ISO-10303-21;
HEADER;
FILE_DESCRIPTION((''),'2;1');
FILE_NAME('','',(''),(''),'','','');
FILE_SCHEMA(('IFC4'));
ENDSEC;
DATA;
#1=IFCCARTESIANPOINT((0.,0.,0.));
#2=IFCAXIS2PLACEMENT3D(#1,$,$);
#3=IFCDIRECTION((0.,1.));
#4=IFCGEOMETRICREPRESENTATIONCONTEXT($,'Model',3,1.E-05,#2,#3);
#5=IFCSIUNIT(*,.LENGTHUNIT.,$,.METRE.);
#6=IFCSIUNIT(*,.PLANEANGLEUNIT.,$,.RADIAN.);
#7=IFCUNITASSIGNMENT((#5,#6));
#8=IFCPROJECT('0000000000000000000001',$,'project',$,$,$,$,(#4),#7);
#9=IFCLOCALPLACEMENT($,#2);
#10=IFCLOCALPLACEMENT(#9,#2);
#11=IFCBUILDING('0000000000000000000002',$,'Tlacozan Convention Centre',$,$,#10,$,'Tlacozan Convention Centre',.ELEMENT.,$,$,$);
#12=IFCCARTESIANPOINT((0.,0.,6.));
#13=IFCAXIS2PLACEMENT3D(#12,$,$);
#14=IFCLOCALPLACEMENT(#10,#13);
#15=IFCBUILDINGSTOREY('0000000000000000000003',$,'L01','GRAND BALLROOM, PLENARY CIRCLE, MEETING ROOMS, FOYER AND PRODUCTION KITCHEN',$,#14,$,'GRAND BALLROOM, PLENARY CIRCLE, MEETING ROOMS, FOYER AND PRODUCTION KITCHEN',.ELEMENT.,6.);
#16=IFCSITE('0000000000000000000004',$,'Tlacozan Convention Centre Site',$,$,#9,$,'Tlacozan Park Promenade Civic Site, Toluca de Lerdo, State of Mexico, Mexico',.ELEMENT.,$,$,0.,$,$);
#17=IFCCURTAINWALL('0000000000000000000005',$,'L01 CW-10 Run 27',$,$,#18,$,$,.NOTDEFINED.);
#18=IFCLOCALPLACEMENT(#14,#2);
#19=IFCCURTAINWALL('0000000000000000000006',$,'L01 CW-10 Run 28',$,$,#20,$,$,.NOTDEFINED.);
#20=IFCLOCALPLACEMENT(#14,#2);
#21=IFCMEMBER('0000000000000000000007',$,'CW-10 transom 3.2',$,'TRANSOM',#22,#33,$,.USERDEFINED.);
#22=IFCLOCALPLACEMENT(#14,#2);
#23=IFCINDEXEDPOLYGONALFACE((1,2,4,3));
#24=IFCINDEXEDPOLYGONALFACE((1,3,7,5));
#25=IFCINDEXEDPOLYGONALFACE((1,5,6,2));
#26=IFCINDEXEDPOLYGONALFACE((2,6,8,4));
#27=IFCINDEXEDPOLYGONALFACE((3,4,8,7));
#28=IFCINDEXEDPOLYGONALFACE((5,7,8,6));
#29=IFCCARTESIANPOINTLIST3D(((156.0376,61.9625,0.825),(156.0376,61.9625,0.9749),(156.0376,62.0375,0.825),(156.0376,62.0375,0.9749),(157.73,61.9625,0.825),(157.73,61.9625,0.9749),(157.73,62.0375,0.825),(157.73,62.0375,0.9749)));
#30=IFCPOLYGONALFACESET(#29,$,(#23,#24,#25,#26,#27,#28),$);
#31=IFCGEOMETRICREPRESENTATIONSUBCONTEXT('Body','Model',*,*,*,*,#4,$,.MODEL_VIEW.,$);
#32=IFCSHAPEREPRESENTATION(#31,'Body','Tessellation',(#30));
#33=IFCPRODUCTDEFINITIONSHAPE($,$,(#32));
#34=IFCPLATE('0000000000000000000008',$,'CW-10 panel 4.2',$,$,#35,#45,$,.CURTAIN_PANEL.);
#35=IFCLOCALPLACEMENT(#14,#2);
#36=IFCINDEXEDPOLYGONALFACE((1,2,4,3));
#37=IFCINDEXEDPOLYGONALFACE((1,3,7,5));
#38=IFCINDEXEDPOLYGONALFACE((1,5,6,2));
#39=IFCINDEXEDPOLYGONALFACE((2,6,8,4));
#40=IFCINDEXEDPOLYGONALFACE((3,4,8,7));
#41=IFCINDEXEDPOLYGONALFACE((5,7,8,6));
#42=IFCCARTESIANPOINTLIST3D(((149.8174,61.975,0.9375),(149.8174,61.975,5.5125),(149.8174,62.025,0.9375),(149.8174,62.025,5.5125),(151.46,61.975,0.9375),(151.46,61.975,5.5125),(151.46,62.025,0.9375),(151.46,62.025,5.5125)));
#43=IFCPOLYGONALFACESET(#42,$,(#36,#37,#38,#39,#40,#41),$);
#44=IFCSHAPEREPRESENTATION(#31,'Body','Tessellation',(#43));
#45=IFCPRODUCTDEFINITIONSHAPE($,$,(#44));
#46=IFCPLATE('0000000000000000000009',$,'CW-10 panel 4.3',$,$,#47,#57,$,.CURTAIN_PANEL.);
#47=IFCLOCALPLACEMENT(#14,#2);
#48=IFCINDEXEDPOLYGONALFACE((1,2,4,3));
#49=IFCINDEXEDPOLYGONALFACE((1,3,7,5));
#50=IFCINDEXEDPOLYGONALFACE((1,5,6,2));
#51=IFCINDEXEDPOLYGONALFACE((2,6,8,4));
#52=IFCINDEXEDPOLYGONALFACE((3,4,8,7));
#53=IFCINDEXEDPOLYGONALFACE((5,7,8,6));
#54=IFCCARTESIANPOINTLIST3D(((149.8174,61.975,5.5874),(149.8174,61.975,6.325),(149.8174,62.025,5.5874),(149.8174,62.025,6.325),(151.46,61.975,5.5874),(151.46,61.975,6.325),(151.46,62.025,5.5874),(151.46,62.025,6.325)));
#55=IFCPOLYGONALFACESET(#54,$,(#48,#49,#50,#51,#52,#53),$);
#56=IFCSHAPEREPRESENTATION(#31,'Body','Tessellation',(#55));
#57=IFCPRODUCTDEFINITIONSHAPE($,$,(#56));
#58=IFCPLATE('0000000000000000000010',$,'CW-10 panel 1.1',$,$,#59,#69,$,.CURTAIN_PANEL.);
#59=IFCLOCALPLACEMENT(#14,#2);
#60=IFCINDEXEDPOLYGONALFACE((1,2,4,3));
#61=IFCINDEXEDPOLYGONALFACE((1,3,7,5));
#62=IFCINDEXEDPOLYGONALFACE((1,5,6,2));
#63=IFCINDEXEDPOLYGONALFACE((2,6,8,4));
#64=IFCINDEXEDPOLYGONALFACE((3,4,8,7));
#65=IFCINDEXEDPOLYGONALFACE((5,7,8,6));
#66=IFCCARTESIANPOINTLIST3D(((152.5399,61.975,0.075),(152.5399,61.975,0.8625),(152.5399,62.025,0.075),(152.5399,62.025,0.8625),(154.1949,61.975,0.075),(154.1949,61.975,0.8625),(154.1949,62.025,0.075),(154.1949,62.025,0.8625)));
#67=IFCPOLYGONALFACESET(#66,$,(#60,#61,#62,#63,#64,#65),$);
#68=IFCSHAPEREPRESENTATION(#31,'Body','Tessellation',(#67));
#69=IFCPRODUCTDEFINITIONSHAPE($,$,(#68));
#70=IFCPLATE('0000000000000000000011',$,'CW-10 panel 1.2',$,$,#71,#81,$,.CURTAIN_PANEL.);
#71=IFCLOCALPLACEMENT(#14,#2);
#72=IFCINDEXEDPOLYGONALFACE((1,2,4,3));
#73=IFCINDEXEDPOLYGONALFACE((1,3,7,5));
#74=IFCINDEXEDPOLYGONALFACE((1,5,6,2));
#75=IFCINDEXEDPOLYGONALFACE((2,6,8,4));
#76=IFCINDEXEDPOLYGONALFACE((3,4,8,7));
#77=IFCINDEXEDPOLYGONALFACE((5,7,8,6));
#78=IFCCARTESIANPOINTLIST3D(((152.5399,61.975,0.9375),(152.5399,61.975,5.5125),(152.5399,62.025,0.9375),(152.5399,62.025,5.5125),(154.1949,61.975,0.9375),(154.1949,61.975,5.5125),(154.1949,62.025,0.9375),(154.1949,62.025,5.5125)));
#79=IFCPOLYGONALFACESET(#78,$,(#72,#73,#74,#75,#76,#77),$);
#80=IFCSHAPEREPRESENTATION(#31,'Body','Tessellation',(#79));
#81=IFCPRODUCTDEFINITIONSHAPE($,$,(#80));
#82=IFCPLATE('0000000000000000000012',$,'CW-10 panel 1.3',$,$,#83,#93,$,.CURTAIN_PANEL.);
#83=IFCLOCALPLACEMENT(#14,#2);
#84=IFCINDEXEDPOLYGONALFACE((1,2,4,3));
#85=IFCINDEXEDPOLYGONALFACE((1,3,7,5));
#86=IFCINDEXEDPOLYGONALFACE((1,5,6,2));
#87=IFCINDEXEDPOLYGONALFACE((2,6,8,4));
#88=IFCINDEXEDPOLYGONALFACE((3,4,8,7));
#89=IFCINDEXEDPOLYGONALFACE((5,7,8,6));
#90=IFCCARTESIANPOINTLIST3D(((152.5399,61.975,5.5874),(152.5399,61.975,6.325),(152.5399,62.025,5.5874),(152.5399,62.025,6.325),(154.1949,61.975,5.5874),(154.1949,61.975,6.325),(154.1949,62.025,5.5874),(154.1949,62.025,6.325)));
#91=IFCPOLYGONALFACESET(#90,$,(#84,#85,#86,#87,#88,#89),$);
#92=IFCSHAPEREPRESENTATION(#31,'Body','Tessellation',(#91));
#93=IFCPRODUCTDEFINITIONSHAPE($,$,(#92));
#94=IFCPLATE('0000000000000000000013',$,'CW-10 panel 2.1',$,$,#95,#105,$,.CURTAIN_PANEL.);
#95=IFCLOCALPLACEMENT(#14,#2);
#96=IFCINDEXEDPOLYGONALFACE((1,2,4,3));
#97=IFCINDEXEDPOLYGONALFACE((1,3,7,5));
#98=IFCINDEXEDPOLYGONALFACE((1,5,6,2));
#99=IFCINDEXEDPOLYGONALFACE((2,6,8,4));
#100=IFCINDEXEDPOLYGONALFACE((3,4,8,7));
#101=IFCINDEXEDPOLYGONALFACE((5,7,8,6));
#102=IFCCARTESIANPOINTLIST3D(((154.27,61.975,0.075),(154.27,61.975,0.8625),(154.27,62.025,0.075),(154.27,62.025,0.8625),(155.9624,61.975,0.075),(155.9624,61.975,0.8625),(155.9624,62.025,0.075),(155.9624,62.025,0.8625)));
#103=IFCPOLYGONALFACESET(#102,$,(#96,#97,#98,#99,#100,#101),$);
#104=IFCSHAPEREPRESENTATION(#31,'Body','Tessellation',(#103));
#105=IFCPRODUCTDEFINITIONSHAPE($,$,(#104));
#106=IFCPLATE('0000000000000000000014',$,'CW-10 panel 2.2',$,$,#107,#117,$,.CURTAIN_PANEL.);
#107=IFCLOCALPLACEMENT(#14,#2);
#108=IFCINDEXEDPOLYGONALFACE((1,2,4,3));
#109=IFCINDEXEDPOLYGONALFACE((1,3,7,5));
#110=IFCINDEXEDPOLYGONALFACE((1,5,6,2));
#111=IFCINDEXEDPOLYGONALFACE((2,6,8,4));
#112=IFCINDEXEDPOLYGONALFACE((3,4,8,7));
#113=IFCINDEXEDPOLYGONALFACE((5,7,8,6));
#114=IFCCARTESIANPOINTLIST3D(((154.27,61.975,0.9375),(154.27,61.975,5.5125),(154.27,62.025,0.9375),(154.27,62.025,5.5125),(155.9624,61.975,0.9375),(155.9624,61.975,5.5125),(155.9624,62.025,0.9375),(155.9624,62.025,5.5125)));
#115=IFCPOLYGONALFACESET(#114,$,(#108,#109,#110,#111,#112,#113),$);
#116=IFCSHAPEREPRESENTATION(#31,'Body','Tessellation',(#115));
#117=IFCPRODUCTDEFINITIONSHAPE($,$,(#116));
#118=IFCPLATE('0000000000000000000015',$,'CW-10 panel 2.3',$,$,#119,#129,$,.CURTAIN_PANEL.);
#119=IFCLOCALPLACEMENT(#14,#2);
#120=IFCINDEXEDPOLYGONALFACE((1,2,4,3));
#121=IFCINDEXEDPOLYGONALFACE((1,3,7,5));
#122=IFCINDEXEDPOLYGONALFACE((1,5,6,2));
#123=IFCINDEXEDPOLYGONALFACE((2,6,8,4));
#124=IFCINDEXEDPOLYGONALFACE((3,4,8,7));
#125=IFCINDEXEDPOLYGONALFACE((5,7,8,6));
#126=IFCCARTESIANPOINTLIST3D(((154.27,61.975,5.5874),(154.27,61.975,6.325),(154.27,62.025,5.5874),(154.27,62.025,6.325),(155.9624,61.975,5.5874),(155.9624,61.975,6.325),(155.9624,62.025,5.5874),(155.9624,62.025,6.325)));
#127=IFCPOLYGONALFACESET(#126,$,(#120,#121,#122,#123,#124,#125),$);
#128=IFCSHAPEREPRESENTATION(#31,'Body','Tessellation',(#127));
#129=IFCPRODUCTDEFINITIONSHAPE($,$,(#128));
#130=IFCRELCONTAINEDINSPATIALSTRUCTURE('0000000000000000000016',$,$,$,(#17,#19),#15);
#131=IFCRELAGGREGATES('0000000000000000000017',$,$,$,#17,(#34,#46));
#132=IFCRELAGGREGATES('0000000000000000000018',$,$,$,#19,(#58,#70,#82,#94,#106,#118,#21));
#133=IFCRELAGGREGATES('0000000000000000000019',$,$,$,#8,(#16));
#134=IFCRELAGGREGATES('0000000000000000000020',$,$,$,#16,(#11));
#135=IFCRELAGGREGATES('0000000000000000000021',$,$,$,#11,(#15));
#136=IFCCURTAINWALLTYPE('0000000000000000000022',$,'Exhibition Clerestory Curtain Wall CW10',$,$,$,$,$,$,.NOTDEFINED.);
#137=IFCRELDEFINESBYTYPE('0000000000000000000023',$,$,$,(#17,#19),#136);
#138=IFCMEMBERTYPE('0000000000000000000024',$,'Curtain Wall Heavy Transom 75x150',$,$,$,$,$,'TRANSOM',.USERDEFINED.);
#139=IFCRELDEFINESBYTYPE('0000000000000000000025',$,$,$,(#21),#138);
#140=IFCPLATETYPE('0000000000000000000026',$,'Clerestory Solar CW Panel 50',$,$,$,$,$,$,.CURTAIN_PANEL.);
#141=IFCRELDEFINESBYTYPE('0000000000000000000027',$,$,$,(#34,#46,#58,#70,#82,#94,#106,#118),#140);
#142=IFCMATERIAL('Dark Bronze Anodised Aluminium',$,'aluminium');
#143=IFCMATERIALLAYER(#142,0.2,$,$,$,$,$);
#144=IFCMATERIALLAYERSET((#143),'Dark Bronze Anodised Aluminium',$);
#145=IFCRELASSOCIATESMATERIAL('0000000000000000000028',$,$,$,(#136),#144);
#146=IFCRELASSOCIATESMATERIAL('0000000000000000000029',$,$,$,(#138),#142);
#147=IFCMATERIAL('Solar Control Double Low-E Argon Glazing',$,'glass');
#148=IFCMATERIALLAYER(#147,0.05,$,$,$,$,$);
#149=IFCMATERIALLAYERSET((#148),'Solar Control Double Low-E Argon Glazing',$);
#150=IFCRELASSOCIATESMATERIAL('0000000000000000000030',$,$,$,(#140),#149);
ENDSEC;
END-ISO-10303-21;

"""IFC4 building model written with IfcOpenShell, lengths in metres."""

from ifc_helpers import new_model, si_unit, direction, frame, origin, origin_2d, place, context, subcontext, project, spatial, rectangle, extrude, material, layer, layer_set, material_profile, profile_set, type_object, element, aggregate, save


model = new_model("IFC4")

# Units and contexts
model_context = context("Model", 3, precision=1e-05, world=origin(), true_north=direction((0.0, 1.0)))
body_context = subcontext(model_context, "Body", "Model", "MODEL_VIEW")
ifc_project = project(units=[si_unit("LENGTHUNIT", "METRE"), si_unit("PLANEANGLEUNIT", "RADIAN")], contexts=[model_context])

# Site, building, storey
site_placement = place(None, origin())
site = spatial("IfcSite", under=ifc_project, at=site_placement, Name="Tlacozan Convention Centre Site", LongName="Tlacozan Park Promenade Civic Site, Toluca de Lerdo, State of Mexico, Mexico", CompositionType="ELEMENT", RefElevation=0.0)
building_placement = place(site_placement, origin())
building = spatial("IfcBuilding", under=site, at=building_placement, Name="Tlacozan Convention Centre", LongName="Tlacozan Convention Centre", CompositionType="ELEMENT")
storey_placement = place(building_placement, frame((0.0, 0.0, 6.0)))
storey = spatial("IfcBuildingStorey", under=building, at=storey_placement, Name="L01", Description="GRAND BALLROOM, PLENARY CIRCLE, MEETING ROOMS, FOYER AND PRODUCTION KITCHEN", LongName="GRAND BALLROOM, PLENARY CIRCLE, MEETING ROOMS, FOYER AND PRODUCTION KITCHEN", CompositionType="ELEMENT", Elevation=6.0)

# Curtain wall
ifc_material_1 = material(Name="Dark Bronze Anodised Aluminium", Category="aluminium")
ifc_layer_1 = layer(ifc_material_1, 0.2)
ifc_layer_set_1 = layer_set([ifc_layer_1], Name="Dark Bronze Anodised Aluminium")
curtain_wall_type = type_object("IfcCurtainWallType", Name="Exhibition Clerestory Curtain Wall CW10", PredefinedType="NOTDEFINED", material=ifc_layer_set_1)
curtain_wall_1_placement = place(storey_placement, origin())
curtain_wall_1 = element("IfcCurtainWall", 1, at=curtain_wall_1_placement, inside=storey, type_object=curtain_wall_type, Name="L01 CW-10 Run 27", PredefinedType="NOTDEFINED")

# Curtain wall, member
curtain_wall_2_placement = place(storey_placement, origin())
curtain_wall_2 = element("IfcCurtainWall", 2, at=curtain_wall_2_placement, inside=storey, type_object=curtain_wall_type, Name="L01 CW-10 Run 28", PredefinedType="NOTDEFINED")
ifc_material_profile_1 = material_profile(ifc_material_1, rectangle(XDim=0.075, YDim=0.1499, at=origin_2d()), Name="ALU 75x150")
ifc_profile_set_1 = profile_set([ifc_material_profile_1], Name="Dark Bronze Anodised Aluminium")
member_type_1 = type_object("IfcMemberType", Name="Curtain Wall Heavy Transom 75x150", ElementType="TRANSOM", PredefinedType="USERDEFINED", material=ifc_profile_set_1)
member_1_placement = place(storey_placement, frame((156.0376, 62.0, 0.8999), z_axis=(1.0, 0.0, 0.0), x_axis=(0.0, 1.0, 0.0)))
member_1 = element("IfcMember", 3, at=member_1_placement, type_object=member_type_1, Name="CW-10 transom 3.2", ObjectType="TRANSOM", PredefinedType="USERDEFINED", context=body_context, shape_type="SweptSolid", body=[
    extrude(rectangle(XDim=0.075, YDim=0.1499, at=origin_2d()), origin(), (0.0, 0.0, 1.0), 1.6924),
])

# Plates
ifc_material_2 = material(Name="Solar Control Double Low-E Argon Glazing", Category="glass")
ifc_layer_2 = layer(ifc_material_2, 0.05)
ifc_layer_set_2 = layer_set([ifc_layer_2], Name="Solar Control Double Low-E Argon Glazing")
plate_type = type_object("IfcPlateType", Name="Clerestory Solar CW Panel 50", PredefinedType="CURTAIN_PANEL", material=ifc_layer_set_2)
plate_1_placement = place(storey_placement, frame((150.6387, 62.0, 0.9375), z_axis=(0.0, 0.0, 1.0), x_axis=(1.0, 0.0, 0.0)))
plate_1 = element("IfcPlate", 4, at=plate_1_placement, type_object=plate_type, Name="CW-10 panel 4.2", PredefinedType="CURTAIN_PANEL", context=body_context, shape_type="SweptSolid", body=[
    extrude(rectangle(XDim=1.6426, YDim=0.05, at=origin_2d()), origin(), (0.0, 0.0, 1.0), 4.575),
])
plate_2_placement = place(storey_placement, frame((150.6387, 62.0, 5.5874), z_axis=(0.0, 0.0, 1.0), x_axis=(1.0, 0.0, 0.0)))
plate_2 = element("IfcPlate", 5, at=plate_2_placement, type_object=plate_type, Name="CW-10 panel 4.3", PredefinedType="CURTAIN_PANEL", context=body_context, shape_type="SweptSolid", body=[
    extrude(rectangle(XDim=1.6426, YDim=0.05, at=origin_2d()), origin(), (0.0, 0.0, 1.0), 0.7375),
])
aggregate(curtain_wall_1, [plate_1, plate_2])
plate_3_placement = place(storey_placement, frame((153.3674, 62.0, 0.075), z_axis=(0.0, 0.0, 1.0), x_axis=(1.0, 0.0, 0.0)))
plate_3 = element("IfcPlate", 6, at=plate_3_placement, type_object=plate_type, Name="CW-10 panel 1.1", PredefinedType="CURTAIN_PANEL", context=body_context, shape_type="SweptSolid", body=[
    extrude(rectangle(XDim=1.655, YDim=0.05, at=origin_2d()), origin(), (0.0, 0.0, 1.0), 0.7876),
])
plate_4_placement = place(storey_placement, frame((153.3674, 62.0, 0.9375), z_axis=(0.0, 0.0, 1.0), x_axis=(1.0, 0.0, 0.0)))
plate_4 = element("IfcPlate", 7, at=plate_4_placement, type_object=plate_type, Name="CW-10 panel 1.2", PredefinedType="CURTAIN_PANEL", context=body_context, shape_type="SweptSolid", body=[
    extrude(rectangle(XDim=1.655, YDim=0.05, at=origin_2d()), origin(), (0.0, 0.0, 1.0), 4.575),
])
plate_5_placement = place(storey_placement, frame((153.3674, 62.0, 5.5874), z_axis=(0.0, 0.0, 1.0), x_axis=(1.0, 0.0, 0.0)))
plate_5 = element("IfcPlate", 8, at=plate_5_placement, type_object=plate_type, Name="CW-10 panel 1.3", PredefinedType="CURTAIN_PANEL", context=body_context, shape_type="SweptSolid", body=[
    extrude(rectangle(XDim=1.655, YDim=0.05, at=origin_2d()), origin(), (0.0, 0.0, 1.0), 0.7375),
])
plate_6_placement = place(storey_placement, frame((155.1162, 62.0, 0.075), z_axis=(0.0, 0.0, 1.0), x_axis=(1.0, 0.0, 0.0)))
plate_6 = element("IfcPlate", 9, at=plate_6_placement, type_object=plate_type, Name="CW-10 panel 2.1", PredefinedType="CURTAIN_PANEL", context=body_context, shape_type="SweptSolid", body=[
    extrude(rectangle(XDim=1.6924, YDim=0.05, at=origin_2d()), origin(), (0.0, 0.0, 1.0), 0.7876),
])
plate_7_placement = place(storey_placement, frame((155.1162, 62.0, 0.9375), z_axis=(0.0, 0.0, 1.0), x_axis=(1.0, 0.0, 0.0)))
plate_7 = element("IfcPlate", 10, at=plate_7_placement, type_object=plate_type, Name="CW-10 panel 2.2", PredefinedType="CURTAIN_PANEL", context=body_context, shape_type="SweptSolid", body=[
    extrude(rectangle(XDim=1.6924, YDim=0.05, at=origin_2d()), origin(), (0.0, 0.0, 1.0), 4.575),
])
plate_8_placement = place(storey_placement, frame((155.1162, 62.0, 5.5874), z_axis=(0.0, 0.0, 1.0), x_axis=(1.0, 0.0, 0.0)))
plate_8 = element("IfcPlate", 11, at=plate_8_placement, type_object=plate_type, Name="CW-10 panel 2.3", PredefinedType="CURTAIN_PANEL", context=body_context, shape_type="SweptSolid", body=[
    extrude(rectangle(XDim=1.6924, YDim=0.05, at=origin_2d()), origin(), (0.0, 0.0, 1.0), 0.7375),
])
aggregate(curtain_wall_2, [plate_3, plate_4, plate_5, plate_6, plate_7, plate_8, member_1])

save(model, "model.ifc")
